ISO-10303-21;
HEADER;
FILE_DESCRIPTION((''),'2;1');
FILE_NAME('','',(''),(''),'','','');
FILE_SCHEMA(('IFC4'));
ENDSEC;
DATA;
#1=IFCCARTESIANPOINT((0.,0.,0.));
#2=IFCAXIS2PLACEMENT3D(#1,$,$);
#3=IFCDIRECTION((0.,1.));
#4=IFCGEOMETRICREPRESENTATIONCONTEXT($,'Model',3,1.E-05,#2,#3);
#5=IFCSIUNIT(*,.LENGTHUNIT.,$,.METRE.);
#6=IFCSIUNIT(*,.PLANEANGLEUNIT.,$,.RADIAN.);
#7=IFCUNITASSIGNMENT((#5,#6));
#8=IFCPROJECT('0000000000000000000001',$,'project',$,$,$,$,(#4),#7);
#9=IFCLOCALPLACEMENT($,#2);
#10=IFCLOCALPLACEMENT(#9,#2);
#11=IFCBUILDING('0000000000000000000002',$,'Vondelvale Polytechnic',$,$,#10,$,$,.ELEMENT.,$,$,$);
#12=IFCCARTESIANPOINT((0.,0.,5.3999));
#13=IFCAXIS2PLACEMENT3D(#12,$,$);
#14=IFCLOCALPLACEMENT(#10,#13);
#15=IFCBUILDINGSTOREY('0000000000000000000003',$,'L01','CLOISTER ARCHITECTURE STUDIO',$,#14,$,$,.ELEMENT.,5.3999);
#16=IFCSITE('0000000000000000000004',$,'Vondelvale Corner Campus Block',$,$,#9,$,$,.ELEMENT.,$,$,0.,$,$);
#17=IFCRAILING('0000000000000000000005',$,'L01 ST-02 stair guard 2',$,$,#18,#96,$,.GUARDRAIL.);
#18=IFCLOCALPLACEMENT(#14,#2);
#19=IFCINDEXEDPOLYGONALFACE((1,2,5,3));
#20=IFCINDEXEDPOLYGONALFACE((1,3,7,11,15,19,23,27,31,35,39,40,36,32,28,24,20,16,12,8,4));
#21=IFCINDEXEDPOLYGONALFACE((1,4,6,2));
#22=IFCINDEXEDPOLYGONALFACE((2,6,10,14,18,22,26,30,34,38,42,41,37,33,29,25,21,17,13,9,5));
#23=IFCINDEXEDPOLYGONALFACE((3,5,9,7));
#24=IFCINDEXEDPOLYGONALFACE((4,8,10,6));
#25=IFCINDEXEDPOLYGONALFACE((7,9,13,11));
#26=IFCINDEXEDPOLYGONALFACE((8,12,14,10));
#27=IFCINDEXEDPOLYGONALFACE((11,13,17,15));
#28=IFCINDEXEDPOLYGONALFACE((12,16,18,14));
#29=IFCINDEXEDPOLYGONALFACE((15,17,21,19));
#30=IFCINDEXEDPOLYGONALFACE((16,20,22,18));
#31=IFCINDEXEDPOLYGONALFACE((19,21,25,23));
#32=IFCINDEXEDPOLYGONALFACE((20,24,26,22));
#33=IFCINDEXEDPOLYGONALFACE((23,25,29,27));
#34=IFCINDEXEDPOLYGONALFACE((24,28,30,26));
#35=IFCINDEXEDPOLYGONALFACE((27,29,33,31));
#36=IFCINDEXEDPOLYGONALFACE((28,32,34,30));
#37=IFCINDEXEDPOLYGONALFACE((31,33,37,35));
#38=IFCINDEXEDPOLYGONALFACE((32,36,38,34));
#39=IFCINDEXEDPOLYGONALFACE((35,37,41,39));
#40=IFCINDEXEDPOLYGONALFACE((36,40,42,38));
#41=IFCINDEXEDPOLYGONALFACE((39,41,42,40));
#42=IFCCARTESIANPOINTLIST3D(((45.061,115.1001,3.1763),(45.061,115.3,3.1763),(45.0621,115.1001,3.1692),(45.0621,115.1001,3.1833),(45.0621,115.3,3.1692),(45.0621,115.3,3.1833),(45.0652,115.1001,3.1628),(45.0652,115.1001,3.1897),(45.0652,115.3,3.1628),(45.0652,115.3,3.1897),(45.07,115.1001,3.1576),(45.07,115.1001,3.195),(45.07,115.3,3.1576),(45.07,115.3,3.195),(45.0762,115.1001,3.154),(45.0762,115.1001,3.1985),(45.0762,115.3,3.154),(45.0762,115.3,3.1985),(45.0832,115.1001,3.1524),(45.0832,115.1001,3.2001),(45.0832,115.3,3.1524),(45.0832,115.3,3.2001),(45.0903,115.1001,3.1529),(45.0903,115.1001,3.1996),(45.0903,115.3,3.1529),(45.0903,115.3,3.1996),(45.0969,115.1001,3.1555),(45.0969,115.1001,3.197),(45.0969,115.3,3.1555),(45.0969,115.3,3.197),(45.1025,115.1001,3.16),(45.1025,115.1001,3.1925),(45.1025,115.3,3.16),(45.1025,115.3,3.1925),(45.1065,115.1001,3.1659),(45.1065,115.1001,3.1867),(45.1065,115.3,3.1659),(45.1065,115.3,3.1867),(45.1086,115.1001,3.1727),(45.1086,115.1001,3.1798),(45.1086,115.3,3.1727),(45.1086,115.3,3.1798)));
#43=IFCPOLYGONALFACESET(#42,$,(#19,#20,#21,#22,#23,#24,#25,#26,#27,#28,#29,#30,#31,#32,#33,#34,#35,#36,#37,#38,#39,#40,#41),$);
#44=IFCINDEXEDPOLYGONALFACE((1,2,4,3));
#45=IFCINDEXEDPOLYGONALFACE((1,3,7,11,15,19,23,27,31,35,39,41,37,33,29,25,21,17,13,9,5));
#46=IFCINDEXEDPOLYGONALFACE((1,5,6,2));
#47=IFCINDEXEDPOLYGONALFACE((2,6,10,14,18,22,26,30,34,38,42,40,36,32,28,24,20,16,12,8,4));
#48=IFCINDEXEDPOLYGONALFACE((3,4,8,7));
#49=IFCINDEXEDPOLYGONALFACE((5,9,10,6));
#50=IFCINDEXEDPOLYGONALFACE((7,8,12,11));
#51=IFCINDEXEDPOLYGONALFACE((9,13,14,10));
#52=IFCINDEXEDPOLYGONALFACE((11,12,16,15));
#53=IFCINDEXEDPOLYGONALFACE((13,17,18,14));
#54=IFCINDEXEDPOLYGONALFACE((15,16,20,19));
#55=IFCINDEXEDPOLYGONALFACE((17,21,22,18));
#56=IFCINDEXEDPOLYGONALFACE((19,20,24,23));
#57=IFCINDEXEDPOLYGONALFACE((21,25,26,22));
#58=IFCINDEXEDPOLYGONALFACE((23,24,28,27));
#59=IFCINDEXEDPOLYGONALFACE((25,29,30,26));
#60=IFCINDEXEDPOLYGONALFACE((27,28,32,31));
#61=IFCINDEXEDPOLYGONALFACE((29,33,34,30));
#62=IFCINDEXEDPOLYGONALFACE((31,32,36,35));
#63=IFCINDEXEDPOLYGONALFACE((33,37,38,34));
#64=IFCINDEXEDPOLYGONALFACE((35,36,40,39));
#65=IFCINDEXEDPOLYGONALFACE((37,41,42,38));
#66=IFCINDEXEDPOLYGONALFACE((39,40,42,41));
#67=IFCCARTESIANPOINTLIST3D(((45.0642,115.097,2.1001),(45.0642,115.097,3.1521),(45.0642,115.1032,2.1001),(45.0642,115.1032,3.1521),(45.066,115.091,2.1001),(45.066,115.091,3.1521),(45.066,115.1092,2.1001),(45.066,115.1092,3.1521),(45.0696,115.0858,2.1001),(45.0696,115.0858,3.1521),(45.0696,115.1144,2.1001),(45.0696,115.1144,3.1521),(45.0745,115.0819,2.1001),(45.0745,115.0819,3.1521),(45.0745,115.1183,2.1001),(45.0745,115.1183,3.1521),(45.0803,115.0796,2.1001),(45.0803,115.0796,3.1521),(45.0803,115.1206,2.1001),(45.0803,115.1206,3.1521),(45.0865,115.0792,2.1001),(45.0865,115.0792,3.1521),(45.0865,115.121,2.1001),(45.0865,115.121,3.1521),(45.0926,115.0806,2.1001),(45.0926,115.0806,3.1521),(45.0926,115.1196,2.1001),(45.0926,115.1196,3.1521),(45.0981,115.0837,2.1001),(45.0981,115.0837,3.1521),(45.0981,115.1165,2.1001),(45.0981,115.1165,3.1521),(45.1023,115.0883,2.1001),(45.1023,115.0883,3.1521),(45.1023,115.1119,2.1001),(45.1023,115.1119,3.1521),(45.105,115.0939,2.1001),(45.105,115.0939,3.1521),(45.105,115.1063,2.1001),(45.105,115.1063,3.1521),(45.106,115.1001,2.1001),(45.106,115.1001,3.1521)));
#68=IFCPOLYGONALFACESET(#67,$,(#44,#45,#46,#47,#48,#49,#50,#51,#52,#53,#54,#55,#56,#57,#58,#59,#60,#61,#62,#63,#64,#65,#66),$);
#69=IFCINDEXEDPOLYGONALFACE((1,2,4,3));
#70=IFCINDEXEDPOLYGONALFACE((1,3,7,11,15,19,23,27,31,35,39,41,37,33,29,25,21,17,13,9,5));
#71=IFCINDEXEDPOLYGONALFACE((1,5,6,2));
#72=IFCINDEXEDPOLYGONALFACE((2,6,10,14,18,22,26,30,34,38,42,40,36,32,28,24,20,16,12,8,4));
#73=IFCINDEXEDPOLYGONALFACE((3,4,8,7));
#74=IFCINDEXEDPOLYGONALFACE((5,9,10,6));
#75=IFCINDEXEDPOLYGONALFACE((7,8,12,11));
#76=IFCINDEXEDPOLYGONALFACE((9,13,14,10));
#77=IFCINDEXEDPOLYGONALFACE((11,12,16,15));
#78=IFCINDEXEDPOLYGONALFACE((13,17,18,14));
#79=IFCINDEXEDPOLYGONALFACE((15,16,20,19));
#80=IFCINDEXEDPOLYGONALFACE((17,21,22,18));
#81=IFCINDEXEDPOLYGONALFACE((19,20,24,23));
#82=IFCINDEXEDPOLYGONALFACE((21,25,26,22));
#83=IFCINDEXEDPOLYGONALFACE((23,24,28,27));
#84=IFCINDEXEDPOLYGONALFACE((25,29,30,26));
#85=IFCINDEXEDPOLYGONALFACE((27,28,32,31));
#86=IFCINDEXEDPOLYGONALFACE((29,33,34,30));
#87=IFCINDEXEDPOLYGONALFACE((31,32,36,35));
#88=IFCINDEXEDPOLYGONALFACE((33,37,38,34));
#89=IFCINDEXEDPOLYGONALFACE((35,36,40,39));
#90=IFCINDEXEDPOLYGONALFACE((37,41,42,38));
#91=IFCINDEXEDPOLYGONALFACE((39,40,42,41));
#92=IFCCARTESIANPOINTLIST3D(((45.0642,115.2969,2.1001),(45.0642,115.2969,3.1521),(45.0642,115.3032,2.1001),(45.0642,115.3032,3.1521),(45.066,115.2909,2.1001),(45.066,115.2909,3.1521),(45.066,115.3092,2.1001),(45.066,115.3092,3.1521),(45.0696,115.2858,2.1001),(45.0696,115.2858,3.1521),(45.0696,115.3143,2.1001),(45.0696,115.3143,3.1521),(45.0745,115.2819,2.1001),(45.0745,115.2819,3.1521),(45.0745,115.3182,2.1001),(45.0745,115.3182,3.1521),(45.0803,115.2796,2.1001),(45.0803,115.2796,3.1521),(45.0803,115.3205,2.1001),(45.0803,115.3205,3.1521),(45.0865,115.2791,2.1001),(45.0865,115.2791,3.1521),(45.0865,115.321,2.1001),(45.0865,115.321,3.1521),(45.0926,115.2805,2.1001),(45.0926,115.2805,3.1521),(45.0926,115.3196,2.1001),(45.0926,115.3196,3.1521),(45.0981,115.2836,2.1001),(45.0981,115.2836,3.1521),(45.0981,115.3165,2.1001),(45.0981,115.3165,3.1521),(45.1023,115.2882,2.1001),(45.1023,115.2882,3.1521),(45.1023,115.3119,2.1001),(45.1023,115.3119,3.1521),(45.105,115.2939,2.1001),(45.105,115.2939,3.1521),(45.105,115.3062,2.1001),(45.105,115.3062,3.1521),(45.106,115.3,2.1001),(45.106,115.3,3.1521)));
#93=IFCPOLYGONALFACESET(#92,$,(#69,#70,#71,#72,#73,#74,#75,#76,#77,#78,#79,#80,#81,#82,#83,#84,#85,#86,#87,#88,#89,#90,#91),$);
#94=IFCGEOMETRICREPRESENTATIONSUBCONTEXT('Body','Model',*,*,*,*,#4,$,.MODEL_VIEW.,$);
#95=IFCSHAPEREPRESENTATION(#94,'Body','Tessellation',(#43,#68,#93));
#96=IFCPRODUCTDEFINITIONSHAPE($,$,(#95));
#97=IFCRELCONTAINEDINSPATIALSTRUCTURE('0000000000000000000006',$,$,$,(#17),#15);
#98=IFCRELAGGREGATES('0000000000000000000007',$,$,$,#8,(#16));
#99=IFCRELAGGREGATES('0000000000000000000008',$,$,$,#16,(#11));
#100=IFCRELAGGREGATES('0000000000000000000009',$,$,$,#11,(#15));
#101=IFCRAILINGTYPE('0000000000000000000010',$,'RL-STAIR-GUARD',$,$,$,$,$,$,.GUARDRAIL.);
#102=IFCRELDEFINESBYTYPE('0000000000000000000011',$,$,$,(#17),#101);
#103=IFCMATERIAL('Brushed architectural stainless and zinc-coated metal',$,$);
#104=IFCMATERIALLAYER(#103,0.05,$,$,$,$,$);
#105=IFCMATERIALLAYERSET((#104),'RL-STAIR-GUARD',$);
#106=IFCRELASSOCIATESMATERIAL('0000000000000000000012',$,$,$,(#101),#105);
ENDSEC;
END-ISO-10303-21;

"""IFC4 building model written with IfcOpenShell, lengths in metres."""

from ifc_helpers import new_model, si_unit, direction, frame, origin, origin_2d, place, context, subcontext, project, spatial, circle, extrude, material, layer, layer_set, type_object, element, save


model = new_model("IFC4")

# Units and contexts
model_context = context("Model", 3, precision=1e-05, world=origin(), true_north=direction((0.0, 1.0)))
body_context = subcontext(model_context, "Body", "Model", "MODEL_VIEW")
ifc_project = project(units=[si_unit("LENGTHUNIT", "METRE"), si_unit("PLANEANGLEUNIT", "RADIAN")], contexts=[model_context])

# Site, building, storey
site_placement = place(None, origin())
site = spatial("IfcSite", under=ifc_project, at=site_placement, Name="Vondelvale Corner Campus Block", CompositionType="ELEMENT", RefElevation=0.0)
building_placement = place(site_placement, origin())
building = spatial("IfcBuilding", under=site, at=building_placement, Name="Vondelvale Polytechnic", CompositionType="ELEMENT")
storey_placement = place(building_placement, frame((0.0, 0.0, 5.3999)))
storey = spatial("IfcBuildingStorey", under=building, at=storey_placement, Name="L01", Description="CLOISTER ARCHITECTURE STUDIO", CompositionType="ELEMENT", Elevation=5.3999)

# Railing
ifc_material_1 = material(Name="Brushed architectural stainless and zinc-coated metal")
ifc_layer_1 = layer(ifc_material_1, 0.05)
ifc_layer_set_1 = layer_set([ifc_layer_1], Name="RL-STAIR-GUARD")
railing_type_1 = type_object("IfcRailingType", Name="RL-STAIR-GUARD", PredefinedType="GUARDRAIL", material=ifc_layer_set_1)
railing_1_placement = place(storey_placement, frame((45.085, 115.1001, 2.1001)))
element("IfcRailing", 1, at=railing_1_placement, inside=storey, type_object=railing_type_1, Name="L01 ST-02 stair guard 2", PredefinedType="GUARDRAIL", context=body_context, shape_type="SweptSolid", body=[
    extrude(circle(Radius=0.0239, at=origin_2d()), frame((0.0, 0.0, 1.0762), z_axis=(0.0, 1.0, 0.0), x_axis=(-1.0, 0.0, 0.0)), (0.0, 0.0, 1.0), 0.2),
    extrude(circle(Radius=0.021, at=origin_2d()), origin(), (0.0, 0.0, 1.0), 1.052),
    extrude(circle(Radius=0.021, at=origin_2d()), frame((0.0, 0.2, 0.0)), (0.0, 0.0, 1.0), 1.052),
])

save(model, "model.ifc")
